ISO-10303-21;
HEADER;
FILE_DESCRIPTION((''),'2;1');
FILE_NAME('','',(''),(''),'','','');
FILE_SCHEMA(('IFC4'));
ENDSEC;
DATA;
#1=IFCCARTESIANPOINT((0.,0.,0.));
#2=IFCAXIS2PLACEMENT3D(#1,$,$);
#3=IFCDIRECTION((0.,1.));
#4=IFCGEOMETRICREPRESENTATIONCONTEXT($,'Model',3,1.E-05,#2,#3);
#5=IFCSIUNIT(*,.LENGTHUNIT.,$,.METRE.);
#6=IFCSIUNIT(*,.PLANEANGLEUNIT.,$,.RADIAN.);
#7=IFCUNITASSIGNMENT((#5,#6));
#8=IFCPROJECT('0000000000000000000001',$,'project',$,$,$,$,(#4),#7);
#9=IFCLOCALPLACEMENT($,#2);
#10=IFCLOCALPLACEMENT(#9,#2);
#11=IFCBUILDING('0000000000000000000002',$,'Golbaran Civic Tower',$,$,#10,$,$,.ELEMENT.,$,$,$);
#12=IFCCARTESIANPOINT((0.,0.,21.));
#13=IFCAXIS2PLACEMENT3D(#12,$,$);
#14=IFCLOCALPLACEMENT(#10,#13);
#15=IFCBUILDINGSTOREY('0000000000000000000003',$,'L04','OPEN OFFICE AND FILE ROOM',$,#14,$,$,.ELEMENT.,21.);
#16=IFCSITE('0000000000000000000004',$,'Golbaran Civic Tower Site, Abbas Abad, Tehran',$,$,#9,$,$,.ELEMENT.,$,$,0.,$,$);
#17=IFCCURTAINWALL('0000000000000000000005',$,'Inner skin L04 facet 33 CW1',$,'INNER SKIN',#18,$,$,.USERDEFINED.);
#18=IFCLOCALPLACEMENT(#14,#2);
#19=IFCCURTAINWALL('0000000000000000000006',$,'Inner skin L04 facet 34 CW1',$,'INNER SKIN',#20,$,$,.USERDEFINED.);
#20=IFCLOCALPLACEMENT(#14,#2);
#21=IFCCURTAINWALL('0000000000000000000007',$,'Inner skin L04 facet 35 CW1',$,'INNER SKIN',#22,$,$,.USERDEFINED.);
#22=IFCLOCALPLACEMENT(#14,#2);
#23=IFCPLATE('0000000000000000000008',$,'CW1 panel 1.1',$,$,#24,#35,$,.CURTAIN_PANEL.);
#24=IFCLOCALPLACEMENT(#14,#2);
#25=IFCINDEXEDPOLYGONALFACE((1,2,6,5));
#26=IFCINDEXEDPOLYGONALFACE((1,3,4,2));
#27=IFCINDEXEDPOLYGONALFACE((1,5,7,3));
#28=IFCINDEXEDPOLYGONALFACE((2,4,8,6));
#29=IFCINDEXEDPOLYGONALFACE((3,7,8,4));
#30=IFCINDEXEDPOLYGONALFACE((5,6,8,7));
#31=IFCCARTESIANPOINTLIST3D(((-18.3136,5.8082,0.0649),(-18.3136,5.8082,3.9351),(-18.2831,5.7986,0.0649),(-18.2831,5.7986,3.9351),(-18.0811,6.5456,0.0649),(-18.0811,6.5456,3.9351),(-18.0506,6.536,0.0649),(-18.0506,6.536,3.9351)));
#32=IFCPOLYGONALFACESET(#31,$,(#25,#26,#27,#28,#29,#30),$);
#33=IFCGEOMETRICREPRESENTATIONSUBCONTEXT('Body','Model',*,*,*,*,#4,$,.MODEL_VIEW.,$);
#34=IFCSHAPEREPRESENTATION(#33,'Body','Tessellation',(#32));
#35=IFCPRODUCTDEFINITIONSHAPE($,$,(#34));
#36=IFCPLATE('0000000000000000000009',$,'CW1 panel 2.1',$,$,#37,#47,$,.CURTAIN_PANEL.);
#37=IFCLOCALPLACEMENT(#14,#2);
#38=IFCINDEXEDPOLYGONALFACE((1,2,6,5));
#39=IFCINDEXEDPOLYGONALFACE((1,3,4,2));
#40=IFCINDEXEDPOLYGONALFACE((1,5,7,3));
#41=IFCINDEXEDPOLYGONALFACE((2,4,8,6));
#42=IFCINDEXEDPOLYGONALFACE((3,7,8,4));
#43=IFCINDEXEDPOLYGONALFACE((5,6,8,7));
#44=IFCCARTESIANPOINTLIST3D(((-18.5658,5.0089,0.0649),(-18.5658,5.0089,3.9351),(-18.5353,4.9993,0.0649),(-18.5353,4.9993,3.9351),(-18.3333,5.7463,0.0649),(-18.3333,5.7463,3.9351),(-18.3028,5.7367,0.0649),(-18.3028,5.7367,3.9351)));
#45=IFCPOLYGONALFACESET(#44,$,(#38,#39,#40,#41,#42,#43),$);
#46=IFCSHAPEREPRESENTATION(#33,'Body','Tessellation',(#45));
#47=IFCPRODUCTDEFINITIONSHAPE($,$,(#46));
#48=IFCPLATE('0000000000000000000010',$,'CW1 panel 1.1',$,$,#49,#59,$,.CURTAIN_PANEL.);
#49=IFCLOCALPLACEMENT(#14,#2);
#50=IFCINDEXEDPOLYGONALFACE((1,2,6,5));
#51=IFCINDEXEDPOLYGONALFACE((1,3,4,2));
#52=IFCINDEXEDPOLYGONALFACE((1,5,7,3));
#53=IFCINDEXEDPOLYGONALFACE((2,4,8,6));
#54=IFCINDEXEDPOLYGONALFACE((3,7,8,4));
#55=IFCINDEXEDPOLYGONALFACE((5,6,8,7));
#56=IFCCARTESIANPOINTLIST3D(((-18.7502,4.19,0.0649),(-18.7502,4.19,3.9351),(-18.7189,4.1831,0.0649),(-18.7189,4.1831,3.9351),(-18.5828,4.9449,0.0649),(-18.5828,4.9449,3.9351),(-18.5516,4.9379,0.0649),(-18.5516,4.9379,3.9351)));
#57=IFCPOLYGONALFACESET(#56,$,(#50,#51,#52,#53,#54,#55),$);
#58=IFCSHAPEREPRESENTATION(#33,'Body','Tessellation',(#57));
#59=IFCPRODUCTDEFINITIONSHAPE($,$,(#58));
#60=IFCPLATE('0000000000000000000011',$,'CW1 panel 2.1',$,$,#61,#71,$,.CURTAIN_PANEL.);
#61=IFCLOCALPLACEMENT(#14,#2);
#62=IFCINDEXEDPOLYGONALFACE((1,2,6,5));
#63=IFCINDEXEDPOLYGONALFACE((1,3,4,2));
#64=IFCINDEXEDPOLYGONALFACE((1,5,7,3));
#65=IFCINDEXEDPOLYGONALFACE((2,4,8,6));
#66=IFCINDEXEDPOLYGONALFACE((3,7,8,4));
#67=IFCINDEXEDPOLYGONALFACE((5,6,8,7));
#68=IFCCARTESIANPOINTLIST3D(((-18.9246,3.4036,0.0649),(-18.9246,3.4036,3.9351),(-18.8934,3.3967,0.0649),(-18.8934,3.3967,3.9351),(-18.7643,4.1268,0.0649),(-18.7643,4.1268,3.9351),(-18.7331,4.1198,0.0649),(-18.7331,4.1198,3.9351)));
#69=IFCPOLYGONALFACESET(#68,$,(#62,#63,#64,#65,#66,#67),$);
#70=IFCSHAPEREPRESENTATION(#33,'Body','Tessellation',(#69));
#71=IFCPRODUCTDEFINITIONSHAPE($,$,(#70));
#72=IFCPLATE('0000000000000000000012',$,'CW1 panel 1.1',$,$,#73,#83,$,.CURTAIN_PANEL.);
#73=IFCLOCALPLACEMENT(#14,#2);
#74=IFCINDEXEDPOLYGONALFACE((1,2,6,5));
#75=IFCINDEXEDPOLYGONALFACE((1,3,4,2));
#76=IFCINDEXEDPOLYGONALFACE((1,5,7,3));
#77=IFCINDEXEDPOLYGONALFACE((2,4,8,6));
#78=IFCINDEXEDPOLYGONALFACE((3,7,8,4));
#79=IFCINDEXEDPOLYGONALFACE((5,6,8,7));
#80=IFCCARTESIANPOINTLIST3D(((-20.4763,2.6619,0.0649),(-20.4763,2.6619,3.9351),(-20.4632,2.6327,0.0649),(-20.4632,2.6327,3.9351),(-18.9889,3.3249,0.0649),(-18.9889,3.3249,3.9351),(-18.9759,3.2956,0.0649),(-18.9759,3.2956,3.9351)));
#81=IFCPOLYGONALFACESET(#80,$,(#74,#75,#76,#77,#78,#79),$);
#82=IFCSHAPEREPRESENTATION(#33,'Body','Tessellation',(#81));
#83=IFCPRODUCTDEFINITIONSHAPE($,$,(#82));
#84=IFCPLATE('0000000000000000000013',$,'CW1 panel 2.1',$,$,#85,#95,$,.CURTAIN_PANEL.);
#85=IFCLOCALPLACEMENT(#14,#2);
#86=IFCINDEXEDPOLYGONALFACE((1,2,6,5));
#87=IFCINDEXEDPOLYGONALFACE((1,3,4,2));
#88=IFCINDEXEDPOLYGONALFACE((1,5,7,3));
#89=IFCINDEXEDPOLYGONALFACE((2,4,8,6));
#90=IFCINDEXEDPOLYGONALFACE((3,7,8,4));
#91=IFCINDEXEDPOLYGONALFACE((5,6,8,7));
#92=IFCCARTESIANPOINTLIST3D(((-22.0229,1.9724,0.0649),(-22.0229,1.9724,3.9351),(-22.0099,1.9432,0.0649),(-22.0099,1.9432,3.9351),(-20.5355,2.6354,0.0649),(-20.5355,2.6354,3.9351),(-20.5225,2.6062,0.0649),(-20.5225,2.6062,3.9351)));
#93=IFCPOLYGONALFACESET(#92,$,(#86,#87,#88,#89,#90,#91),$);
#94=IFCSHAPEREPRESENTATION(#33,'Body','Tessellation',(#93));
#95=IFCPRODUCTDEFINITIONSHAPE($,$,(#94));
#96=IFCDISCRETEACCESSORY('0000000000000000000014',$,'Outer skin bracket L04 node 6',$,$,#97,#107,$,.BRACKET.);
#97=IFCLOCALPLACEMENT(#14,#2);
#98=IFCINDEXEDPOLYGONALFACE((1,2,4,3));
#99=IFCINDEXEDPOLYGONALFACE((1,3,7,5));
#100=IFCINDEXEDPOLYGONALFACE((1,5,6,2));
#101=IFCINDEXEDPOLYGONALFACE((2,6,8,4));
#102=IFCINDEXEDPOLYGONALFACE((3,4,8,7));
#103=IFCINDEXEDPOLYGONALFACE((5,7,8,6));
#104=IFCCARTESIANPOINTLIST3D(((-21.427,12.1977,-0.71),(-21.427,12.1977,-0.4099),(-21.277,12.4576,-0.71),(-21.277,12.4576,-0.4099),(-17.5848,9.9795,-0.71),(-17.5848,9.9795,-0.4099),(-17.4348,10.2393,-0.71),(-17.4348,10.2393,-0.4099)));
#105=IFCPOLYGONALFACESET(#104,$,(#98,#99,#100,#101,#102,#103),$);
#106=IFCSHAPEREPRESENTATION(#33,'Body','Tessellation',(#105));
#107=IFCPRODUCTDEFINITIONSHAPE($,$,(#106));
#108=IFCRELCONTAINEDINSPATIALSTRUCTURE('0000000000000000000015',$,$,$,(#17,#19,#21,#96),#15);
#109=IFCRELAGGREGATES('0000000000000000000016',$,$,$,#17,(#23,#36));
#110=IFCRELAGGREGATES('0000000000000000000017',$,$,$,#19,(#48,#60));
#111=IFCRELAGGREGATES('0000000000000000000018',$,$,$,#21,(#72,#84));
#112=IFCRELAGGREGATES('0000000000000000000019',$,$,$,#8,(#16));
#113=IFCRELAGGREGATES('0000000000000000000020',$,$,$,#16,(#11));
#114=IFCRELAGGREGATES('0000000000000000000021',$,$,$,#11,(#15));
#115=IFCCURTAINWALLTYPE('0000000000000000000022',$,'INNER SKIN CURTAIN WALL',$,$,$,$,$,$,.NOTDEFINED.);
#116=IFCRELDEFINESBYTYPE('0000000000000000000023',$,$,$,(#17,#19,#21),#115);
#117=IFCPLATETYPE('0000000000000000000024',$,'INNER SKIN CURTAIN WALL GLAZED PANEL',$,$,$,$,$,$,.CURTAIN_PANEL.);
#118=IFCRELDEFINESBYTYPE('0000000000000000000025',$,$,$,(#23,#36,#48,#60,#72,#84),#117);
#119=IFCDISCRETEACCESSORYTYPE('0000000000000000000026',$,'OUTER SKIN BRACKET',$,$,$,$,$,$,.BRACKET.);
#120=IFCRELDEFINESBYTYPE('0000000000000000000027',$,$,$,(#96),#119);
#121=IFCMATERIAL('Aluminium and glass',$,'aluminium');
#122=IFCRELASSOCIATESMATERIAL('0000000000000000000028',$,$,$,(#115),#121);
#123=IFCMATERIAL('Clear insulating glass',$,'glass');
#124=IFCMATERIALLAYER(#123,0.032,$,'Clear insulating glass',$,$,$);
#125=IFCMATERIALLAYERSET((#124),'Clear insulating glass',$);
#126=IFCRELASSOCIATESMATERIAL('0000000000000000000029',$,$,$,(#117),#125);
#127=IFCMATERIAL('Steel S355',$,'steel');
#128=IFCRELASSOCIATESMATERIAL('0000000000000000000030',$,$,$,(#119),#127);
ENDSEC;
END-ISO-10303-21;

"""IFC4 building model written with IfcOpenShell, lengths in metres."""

from ifc_helpers import new_model, si_unit, direction, frame, origin, origin_2d, place, context, subcontext, project, spatial, rectangle, extrude, material, layer, layer_set, type_object, element, aggregate, save


model = new_model("IFC4")

# Units and contexts
model_context = context("Model", 3, precision=1e-05, world=origin(), true_north=direction((0.0, 1.0)))
body_context = subcontext(model_context, "Body", "Model", "MODEL_VIEW")
ifc_project = project(units=[si_unit("LENGTHUNIT", "METRE"), si_unit("PLANEANGLEUNIT", "RADIAN")], contexts=[model_context])

# Site, building, storey
site_placement = place(None, origin())
site = spatial("IfcSite", under=ifc_project, at=site_placement, Name="Golbaran Civic Tower Site, Abbas Abad, Tehran", CompositionType="ELEMENT", RefElevation=0.0)
building_placement = place(site_placement, origin())
building = spatial("IfcBuilding", under=site, at=building_placement, Name="Golbaran Civic Tower", CompositionType="ELEMENT")
storey_placement = place(building_placement, frame((0.0, 0.0, 21.0)))
storey = spatial("IfcBuildingStorey", under=building, at=storey_placement, Name="L04", Description="OPEN OFFICE AND FILE ROOM", CompositionType="ELEMENT", Elevation=21.0)

# Shared definitions
ifc_material_1 = material(Name="Aluminium and glass", Category="aluminium")
curtain_wall_type_1 = type_object("IfcCurtainWallType", Name="INNER SKIN CURTAIN WALL", PredefinedType="NOTDEFINED", material=ifc_material_1)

# Curtain walls
curtain_wall_1_placement = place(storey_placement, origin())
curtain_wall_1 = element("IfcCurtainWall", 1, at=curtain_wall_1_placement, inside=storey, type_object=curtain_wall_type_1, Name="Inner skin L04 facet 33 CW1", ObjectType="INNER SKIN", PredefinedType="USERDEFINED")
curtain_wall_2_placement = place(storey_placement, origin())
curtain_wall_2 = element("IfcCurtainWall", 2, at=curtain_wall_2_placement, inside=storey, type_object=curtain_wall_type_1, Name="Inner skin L04 facet 34 CW1", ObjectType="INNER SKIN", PredefinedType="USERDEFINED")
curtain_wall_3_placement = place(storey_placement, origin())
curtain_wall_3 = element("IfcCurtainWall", 3, at=curtain_wall_3_placement, inside=storey, type_object=curtain_wall_type_1, Name="Inner skin L04 facet 35 CW1", ObjectType="INNER SKIN", PredefinedType="USERDEFINED")

# Plates
ifc_material_2 = material(Name="Clear insulating glass", Category="glass")
ifc_layer = layer(ifc_material_2, 0.032, Name="Clear insulating glass")
ifc_layer_set = layer_set([ifc_layer], Name="Clear insulating glass")
plate_type = type_object("IfcPlateType", Name="INNER SKIN CURTAIN WALL GLAZED PANEL", PredefinedType="CURTAIN_PANEL", material=ifc_layer_set)
plate_1_placement = place(storey_placement, frame((-18.1821, 6.1721, 0.0649), z_axis=(0.0, 0.0, 1.0), x_axis=(-0.300706, -0.953717, 0.0)))
plate_1 = element("IfcPlate", 4, at=plate_1_placement, type_object=plate_type, Name="CW1 panel 1.1", PredefinedType="CURTAIN_PANEL", context=body_context, shape_type="SweptSolid", body=[
    extrude(rectangle(XDim=0.7732, YDim=0.032, at=origin_2d()), origin(), (0.0, 0.0, 1.0), 3.8701),
])
plate_2_placement = place(storey_placement, frame((-18.4343, 5.3728, 0.0649), z_axis=(0.0, 0.0, 1.0), x_axis=(-0.300706, -0.953717, 0.0)))
plate_2 = element("IfcPlate", 5, at=plate_2_placement, type_object=plate_type, Name="CW1 panel 2.1", PredefinedType="CURTAIN_PANEL", context=body_context, shape_type="SweptSolid", body=[
    extrude(rectangle(XDim=0.7732, YDim=0.032, at=origin_2d()), origin(), (0.0, 0.0, 1.0), 3.8701),
])
aggregate(curtain_wall_1, [plate_1, plate_2])
plate_3_placement = place(storey_placement, frame((-18.6509, 4.564, 0.0649), z_axis=(0.0, 0.0, 1.0), x_axis=(-0.21644, -0.976296, 0.0)))
plate_3 = element("IfcPlate", 6, at=plate_3_placement, type_object=plate_type, Name="CW1 panel 1.1", PredefinedType="CURTAIN_PANEL", context=body_context, shape_type="SweptSolid", body=[
    extrude(rectangle(XDim=0.7732, YDim=0.032, at=origin_2d()), origin(), (0.0, 0.0, 1.0), 3.8701),
])
plate_4_placement = place(storey_placement, frame((-18.8289, 3.7617, 0.0649), z_axis=(0.0, 0.0, 1.0), x_axis=(-0.21644, -0.976296, 0.0)))
plate_4 = element("IfcPlate", 7, at=plate_4_placement, type_object=plate_type, Name="CW1 panel 2.1", PredefinedType="CURTAIN_PANEL", context=body_context, shape_type="SweptSolid", body=[
    extrude(rectangle(XDim=0.7407, YDim=0.032, at=origin_2d()), origin(), (0.0, 0.0, 1.0), 3.8701),
])
aggregate(curtain_wall_2, [plate_3, plate_4])
plate_5_placement = place(storey_placement, frame((-19.7261, 2.9788, 0.0649), z_axis=(0.0, 0.0, 1.0), x_axis=(-0.913367, -0.407136, 0.0)))
plate_5 = element("IfcPlate", 8, at=plate_5_placement, type_object=plate_type, Name="CW1 panel 1.1", PredefinedType="CURTAIN_PANEL", context=body_context, shape_type="SweptSolid", body=[
    extrude(rectangle(XDim=1.6284, YDim=0.032, at=origin_2d()), origin(), (0.0, 0.0, 1.0), 3.8701),
])
plate_6_placement = place(storey_placement, frame((-21.2727, 2.2893, 0.0649), z_axis=(0.0, 0.0, 1.0), x_axis=(-0.913367, -0.407136, 0.0)))
plate_6 = element("IfcPlate", 9, at=plate_6_placement, type_object=plate_type, Name="CW1 panel 2.1", PredefinedType="CURTAIN_PANEL", context=body_context, shape_type="SweptSolid", body=[
    extrude(rectangle(XDim=1.6284, YDim=0.032, at=origin_2d()), origin(), (0.0, 0.0, 1.0), 3.8701),
])
aggregate(curtain_wall_3, [plate_5, plate_6])

# Discrete accessory
ifc_material_3 = material(Name="Steel S355", Category="steel")
discrete_accessory_type = type_object("IfcDiscreteAccessoryType", Name="OUTER SKIN BRACKET", PredefinedType="BRACKET", material=ifc_material_3)
discrete_accessory_placement = place(storey_placement, frame((-19.4309, 11.2185, -0.71), z_axis=(0.0, 0.0, 1.0), x_axis=(-0.866025, 0.5, 0.0)))
element("IfcDiscreteAccessory", 10, at=discrete_accessory_placement, inside=storey, type_object=discrete_accessory_type, Name="Outer skin bracket L04 node 6", PredefinedType="BRACKET", context=body_context, shape_type="SweptSolid", body=[
    extrude(rectangle(XDim=4.4365, YDim=0.3, at=origin_2d()), origin(), (0.0, 0.0, 1.0), 0.3),
])

save(model, "model.ifc")
